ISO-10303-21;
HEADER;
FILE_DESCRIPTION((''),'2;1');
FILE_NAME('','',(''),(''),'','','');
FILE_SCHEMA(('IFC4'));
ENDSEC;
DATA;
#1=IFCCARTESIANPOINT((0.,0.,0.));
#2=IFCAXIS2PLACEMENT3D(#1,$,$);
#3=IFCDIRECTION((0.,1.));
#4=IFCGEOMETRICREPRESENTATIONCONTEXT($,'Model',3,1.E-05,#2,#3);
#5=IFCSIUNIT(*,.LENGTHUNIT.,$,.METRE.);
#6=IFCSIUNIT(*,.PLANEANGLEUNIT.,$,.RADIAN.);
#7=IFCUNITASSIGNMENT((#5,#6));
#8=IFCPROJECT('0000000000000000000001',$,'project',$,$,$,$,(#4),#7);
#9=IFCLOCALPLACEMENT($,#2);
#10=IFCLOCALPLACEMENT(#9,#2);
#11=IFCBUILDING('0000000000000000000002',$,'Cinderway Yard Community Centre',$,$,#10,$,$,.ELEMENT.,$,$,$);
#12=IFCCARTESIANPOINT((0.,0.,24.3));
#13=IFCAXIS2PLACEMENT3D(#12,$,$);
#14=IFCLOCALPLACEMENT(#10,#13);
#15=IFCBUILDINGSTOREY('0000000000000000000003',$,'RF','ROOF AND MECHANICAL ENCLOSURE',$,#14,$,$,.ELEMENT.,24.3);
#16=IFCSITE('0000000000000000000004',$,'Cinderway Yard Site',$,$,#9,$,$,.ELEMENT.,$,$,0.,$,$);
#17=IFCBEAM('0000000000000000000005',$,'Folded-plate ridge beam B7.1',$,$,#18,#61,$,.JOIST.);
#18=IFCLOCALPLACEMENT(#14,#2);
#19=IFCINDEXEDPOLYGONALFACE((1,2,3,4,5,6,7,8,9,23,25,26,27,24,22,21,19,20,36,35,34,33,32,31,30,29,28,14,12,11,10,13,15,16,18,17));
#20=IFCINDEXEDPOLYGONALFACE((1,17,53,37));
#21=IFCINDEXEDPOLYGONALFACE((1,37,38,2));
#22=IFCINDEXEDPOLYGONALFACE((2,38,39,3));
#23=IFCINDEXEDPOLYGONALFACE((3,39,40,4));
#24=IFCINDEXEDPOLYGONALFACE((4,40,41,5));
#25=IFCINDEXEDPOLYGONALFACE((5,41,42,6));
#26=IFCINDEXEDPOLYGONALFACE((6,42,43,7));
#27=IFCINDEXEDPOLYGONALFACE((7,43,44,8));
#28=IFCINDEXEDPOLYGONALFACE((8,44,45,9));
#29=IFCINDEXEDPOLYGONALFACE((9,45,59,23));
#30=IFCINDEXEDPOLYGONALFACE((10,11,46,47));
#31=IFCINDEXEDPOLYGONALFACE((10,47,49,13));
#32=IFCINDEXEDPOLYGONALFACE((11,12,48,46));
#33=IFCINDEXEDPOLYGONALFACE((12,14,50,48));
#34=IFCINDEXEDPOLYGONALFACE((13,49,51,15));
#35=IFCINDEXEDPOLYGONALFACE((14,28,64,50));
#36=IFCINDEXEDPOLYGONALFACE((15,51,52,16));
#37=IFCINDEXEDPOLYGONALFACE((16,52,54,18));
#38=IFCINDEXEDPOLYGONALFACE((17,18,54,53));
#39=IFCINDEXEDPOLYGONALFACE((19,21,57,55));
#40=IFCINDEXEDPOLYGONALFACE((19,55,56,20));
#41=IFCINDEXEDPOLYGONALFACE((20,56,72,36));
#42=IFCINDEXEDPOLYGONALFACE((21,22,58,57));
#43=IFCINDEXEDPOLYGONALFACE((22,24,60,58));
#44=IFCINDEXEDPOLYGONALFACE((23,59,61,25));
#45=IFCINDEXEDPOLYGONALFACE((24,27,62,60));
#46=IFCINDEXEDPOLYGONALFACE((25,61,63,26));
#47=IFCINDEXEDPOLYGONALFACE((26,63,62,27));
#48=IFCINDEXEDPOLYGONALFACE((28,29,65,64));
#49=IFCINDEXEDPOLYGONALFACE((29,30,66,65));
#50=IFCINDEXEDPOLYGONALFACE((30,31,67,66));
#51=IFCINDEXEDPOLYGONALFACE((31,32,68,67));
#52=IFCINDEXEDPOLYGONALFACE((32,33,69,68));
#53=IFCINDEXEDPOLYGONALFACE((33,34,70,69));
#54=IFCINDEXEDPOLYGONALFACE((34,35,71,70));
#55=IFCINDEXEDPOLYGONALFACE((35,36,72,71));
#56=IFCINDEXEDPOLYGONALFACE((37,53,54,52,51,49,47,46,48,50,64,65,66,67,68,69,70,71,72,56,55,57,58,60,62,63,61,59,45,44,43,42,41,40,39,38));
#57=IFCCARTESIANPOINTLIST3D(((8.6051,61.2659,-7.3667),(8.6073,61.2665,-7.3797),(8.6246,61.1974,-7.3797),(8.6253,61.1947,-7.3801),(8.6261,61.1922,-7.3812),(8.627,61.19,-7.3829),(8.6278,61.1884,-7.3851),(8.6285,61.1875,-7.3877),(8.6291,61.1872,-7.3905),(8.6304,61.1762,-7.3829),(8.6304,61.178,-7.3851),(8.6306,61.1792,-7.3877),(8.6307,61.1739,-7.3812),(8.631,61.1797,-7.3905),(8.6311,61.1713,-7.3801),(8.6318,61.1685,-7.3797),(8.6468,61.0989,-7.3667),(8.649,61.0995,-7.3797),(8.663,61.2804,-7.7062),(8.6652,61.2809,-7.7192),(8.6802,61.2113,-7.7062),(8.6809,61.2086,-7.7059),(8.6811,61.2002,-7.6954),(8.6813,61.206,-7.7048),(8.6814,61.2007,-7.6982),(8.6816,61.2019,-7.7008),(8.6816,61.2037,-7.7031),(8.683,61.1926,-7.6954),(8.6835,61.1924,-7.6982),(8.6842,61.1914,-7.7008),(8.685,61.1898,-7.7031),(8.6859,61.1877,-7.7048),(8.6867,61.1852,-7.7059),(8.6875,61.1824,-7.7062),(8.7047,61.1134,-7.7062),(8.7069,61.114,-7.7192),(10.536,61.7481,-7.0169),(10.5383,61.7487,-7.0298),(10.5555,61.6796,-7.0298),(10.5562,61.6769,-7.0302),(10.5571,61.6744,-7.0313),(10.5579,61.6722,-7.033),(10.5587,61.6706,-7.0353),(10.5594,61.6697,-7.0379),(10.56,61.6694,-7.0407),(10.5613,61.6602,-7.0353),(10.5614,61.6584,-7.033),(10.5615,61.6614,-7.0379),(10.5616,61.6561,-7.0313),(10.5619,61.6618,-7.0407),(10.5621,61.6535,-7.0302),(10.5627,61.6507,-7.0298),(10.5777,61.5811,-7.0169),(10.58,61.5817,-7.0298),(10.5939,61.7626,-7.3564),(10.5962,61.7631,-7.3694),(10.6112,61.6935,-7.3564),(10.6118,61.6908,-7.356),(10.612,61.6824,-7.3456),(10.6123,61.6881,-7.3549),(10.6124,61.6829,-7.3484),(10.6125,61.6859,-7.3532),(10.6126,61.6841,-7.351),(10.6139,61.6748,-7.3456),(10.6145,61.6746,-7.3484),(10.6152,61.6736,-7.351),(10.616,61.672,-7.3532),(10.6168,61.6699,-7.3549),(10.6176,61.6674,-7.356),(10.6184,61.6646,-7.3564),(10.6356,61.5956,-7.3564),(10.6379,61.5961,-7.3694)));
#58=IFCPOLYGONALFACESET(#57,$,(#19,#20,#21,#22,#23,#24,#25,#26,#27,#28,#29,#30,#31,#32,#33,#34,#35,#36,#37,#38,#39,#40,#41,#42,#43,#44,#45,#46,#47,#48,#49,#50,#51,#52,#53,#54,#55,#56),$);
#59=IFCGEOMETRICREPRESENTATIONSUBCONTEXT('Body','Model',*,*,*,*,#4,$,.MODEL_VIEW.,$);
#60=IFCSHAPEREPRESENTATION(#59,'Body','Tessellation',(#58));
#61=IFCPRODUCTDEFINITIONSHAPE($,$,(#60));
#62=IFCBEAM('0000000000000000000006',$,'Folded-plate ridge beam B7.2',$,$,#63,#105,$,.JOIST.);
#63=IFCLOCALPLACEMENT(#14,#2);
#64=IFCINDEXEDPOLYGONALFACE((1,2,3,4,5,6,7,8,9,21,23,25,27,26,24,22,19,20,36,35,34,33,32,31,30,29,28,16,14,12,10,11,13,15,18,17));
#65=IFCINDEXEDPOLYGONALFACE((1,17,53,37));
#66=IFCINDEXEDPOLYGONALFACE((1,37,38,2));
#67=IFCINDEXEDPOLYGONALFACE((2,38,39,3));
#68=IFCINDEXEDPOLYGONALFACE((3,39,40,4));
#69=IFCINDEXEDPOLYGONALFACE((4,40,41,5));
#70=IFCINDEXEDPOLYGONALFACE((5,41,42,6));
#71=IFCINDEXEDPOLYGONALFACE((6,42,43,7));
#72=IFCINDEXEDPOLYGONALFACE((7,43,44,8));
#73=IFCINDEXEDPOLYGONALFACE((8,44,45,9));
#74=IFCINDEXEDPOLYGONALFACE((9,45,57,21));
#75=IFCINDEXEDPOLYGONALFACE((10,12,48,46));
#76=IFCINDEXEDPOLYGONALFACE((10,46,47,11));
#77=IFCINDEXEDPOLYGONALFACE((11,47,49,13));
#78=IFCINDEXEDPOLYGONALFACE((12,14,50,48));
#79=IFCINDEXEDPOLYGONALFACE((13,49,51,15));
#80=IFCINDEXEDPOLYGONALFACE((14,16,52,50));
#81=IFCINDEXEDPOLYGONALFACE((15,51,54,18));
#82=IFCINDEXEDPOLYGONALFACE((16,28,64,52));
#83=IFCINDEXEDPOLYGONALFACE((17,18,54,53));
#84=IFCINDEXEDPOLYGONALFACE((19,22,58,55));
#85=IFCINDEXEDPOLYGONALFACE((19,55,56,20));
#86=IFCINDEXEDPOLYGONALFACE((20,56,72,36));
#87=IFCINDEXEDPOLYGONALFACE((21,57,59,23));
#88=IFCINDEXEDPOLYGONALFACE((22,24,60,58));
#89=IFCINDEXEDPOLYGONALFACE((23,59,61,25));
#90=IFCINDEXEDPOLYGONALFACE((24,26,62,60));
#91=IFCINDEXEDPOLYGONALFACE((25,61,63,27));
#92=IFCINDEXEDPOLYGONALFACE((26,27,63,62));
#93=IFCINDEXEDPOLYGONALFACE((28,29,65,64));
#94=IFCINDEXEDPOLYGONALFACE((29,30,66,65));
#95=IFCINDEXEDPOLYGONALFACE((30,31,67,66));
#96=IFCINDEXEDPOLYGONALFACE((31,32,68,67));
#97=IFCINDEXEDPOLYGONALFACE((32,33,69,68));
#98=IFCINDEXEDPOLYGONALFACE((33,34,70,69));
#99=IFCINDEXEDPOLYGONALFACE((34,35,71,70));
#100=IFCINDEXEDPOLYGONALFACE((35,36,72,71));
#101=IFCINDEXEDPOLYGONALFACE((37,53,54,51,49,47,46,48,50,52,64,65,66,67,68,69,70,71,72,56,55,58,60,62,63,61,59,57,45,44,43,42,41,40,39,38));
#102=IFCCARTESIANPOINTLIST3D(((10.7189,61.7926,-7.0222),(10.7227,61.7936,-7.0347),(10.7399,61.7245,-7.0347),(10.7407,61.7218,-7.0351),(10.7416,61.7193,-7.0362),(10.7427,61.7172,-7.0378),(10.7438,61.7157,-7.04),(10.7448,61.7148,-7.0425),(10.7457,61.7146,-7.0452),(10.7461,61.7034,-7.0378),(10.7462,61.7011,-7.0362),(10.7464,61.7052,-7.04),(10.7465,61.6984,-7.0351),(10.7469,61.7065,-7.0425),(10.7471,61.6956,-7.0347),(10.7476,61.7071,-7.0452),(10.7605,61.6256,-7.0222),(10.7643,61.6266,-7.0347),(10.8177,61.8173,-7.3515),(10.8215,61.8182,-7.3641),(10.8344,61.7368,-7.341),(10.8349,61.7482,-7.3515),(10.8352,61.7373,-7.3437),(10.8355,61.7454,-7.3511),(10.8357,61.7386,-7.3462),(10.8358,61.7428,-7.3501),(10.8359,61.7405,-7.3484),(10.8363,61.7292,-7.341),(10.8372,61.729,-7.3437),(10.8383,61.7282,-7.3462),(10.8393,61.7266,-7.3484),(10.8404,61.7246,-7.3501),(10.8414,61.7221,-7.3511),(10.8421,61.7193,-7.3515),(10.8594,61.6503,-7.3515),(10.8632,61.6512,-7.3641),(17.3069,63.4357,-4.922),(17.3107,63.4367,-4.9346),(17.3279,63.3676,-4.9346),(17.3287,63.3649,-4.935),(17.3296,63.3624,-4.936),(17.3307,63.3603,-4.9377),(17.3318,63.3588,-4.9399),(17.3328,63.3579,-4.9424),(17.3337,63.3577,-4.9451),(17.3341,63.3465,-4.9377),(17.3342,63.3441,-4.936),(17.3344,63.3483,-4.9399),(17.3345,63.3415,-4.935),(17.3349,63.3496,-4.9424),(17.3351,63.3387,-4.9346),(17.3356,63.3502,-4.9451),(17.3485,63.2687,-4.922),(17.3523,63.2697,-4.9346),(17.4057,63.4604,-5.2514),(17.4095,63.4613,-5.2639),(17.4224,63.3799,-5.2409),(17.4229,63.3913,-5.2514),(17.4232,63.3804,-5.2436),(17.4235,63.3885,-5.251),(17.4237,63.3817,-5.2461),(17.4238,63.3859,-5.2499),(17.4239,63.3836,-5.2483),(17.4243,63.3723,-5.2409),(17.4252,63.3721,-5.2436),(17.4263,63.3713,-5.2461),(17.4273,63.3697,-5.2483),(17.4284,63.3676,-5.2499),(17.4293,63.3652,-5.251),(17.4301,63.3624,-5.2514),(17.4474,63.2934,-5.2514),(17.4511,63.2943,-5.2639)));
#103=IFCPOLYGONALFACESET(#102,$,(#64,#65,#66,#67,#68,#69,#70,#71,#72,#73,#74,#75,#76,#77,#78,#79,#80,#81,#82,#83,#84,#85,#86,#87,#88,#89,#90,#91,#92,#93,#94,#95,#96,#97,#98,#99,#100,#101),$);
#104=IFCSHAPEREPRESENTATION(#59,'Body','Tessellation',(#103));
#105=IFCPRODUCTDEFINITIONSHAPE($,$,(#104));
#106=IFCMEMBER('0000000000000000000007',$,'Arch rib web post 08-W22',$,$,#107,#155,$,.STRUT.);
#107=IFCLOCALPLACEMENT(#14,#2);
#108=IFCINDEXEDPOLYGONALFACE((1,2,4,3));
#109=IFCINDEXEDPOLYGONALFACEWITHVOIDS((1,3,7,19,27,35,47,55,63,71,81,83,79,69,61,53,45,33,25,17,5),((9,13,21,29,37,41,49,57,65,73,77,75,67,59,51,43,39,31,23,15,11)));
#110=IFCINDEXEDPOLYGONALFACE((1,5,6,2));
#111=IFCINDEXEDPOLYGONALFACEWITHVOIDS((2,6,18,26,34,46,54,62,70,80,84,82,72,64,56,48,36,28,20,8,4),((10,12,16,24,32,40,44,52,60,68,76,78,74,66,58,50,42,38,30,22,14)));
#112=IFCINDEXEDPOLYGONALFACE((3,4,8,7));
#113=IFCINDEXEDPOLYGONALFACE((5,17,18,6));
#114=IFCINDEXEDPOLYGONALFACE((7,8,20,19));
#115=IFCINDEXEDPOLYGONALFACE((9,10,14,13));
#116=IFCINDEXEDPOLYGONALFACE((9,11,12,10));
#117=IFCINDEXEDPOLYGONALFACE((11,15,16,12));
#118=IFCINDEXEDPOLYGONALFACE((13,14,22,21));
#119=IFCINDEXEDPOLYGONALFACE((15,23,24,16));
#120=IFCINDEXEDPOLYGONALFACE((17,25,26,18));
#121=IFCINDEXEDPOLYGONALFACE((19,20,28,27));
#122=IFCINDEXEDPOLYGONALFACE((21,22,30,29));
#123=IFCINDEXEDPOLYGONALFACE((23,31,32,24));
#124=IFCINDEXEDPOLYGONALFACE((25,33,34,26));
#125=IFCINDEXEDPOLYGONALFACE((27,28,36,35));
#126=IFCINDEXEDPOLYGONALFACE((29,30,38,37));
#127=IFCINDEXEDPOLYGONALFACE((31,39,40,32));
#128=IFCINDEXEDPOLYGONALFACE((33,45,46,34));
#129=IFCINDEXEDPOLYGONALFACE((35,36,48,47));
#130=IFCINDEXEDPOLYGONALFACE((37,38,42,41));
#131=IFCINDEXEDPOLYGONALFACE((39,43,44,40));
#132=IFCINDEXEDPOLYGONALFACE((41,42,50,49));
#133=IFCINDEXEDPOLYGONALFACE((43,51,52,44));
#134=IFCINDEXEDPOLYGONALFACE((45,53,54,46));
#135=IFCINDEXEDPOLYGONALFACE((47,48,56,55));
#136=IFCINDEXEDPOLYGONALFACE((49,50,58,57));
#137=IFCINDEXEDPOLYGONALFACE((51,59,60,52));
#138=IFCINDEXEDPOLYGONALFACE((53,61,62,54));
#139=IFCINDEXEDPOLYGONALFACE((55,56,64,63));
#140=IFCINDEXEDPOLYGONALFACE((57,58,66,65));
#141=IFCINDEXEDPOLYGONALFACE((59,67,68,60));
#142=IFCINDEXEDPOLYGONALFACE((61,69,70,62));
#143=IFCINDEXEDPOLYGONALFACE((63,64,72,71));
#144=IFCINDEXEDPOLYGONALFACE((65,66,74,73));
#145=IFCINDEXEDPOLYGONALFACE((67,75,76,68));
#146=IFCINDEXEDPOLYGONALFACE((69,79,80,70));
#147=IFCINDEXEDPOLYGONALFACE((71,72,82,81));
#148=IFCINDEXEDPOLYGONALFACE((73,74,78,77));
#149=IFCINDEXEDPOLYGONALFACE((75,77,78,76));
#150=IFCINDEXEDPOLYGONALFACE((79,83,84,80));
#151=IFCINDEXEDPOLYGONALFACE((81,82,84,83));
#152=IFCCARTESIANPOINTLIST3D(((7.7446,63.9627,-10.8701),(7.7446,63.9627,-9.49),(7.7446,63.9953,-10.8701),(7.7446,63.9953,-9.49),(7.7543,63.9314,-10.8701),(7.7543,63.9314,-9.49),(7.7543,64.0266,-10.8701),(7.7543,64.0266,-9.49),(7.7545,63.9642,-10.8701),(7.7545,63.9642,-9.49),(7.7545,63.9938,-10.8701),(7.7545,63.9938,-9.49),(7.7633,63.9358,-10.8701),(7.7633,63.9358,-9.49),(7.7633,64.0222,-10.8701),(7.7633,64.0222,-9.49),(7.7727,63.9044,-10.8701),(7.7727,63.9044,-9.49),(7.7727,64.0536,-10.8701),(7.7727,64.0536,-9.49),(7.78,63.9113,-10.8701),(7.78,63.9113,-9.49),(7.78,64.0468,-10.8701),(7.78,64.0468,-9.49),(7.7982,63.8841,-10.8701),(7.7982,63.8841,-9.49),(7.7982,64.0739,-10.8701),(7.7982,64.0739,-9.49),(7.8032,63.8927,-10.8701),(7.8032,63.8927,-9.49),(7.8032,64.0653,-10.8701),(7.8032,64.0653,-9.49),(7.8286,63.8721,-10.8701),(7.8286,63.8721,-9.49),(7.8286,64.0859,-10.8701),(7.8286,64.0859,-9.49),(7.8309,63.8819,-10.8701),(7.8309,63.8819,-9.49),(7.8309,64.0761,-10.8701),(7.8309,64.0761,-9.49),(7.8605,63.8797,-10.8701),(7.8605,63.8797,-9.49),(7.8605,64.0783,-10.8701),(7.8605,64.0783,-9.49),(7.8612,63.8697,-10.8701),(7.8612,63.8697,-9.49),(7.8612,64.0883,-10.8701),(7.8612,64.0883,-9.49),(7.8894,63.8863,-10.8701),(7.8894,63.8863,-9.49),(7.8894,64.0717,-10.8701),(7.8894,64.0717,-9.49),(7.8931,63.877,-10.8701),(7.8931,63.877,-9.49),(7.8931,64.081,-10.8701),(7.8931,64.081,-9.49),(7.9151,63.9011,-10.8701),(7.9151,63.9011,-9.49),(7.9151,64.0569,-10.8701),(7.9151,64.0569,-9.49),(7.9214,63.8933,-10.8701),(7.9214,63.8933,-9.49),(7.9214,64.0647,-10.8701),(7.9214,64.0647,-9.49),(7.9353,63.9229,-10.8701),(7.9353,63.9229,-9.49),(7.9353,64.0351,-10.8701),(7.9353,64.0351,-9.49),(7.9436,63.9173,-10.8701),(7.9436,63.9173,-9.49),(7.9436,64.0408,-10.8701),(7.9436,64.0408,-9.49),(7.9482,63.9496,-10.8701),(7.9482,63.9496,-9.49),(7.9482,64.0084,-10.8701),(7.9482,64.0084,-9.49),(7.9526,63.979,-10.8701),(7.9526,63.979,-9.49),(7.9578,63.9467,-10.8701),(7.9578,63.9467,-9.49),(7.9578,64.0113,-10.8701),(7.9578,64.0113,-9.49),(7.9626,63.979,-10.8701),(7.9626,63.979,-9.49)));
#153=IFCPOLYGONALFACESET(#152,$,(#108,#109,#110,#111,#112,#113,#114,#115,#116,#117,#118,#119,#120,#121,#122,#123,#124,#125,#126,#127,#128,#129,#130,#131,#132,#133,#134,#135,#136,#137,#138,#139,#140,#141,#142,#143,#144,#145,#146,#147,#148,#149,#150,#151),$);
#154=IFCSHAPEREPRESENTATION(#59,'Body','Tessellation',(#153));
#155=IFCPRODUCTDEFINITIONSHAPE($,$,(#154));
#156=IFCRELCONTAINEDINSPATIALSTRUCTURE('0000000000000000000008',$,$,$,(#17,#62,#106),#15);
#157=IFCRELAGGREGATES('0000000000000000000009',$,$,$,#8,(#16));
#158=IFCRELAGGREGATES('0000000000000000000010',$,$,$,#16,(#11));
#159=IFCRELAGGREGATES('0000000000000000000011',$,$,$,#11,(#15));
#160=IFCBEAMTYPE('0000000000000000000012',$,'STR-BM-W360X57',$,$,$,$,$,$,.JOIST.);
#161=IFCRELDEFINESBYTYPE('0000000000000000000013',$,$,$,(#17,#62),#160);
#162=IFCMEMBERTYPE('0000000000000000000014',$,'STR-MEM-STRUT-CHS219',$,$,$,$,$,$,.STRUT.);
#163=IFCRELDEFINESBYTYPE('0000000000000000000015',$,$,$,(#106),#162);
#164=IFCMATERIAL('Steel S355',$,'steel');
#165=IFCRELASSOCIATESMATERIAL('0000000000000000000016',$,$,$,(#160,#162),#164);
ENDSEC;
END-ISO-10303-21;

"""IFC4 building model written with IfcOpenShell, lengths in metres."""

from ifc_helpers import new_model, si_unit, direction, frame, origin, origin_2d, place, context, subcontext, project, spatial, hollow_circle, i_section, extrude, material, material_profile, profile_set, type_object, element, save


model = new_model("IFC4")

# Units and contexts
model_context = context("Model", 3, precision=1e-05, world=origin(), true_north=direction((0.0, 1.0)))
body_context = subcontext(model_context, "Body", "Model", "MODEL_VIEW")
ifc_project = project(units=[si_unit("LENGTHUNIT", "METRE"), si_unit("PLANEANGLEUNIT", "RADIAN")], contexts=[model_context])

# Site, building, storey
site_placement = place(None, origin())
site = spatial("IfcSite", under=ifc_project, at=site_placement, Name="Cinderway Yard Site", CompositionType="ELEMENT", RefElevation=0.0)
building_placement = place(site_placement, origin())
building = spatial("IfcBuilding", under=site, at=building_placement, Name="Cinderway Yard Community Centre", CompositionType="ELEMENT")
storey_placement = place(building_placement, frame((0.0, 0.0, 24.3)))
storey = spatial("IfcBuildingStorey", under=building, at=storey_placement, Name="RF", Description="ROOF AND MECHANICAL ENCLOSURE", CompositionType="ELEMENT", Elevation=24.3)

# Shared definitions
ifc_material_1 = material(Name="Steel S355", Category="steel")

# Beams
ifc_material_profile_1 = material_profile(ifc_material_1, i_section(OverallWidth=0.1721, OverallDepth=0.3579, WebThickness=0.0078, FlangeThickness=0.0132, FilletRadius=0.011, at=origin_2d()), Name="Steel S355")
ifc_profile_set_1 = profile_set([ifc_material_profile_1], Name="Steel S355")
beam_type_1 = type_object("IfcBeamType", Name="STR-BM-W360X57", PredefinedType="JOIST", material=ifc_profile_set_1)
beam_1_placement = place(storey_placement, frame((8.656, 61.1899, -7.543), z_axis=(0.955556, 0.238617, 0.173133), x_axis=(-0.242276, 0.970207, 0.0)))
element("IfcBeam", 1, at=beam_1_placement, inside=storey, type_object=beam_type_1, Name="Folded-plate ridge beam B7.1", PredefinedType="JOIST", context=body_context, shape_type="SweptSolid", body=[
    extrude(i_section(OverallWidth=0.1721, OverallDepth=0.3579, WebThickness=0.0078, FlangeThickness=0.0132, FilletRadius=0.011, at=origin_2d()), origin(), (0.0, 0.0, 1.0), 2.0208),
])
beam_2_placement = place(storey_placement, frame((10.791, 61.7219, -7.1931), z_axis=(0.926949, 0.231188, 0.295494), x_axis=(-0.241994, 0.970278, 0.0)))
element("IfcBeam", 2, at=beam_2_placement, inside=storey, type_object=beam_type_1, Name="Folded-plate ridge beam B7.2", PredefinedType="JOIST", context=body_context, shape_type="SweptSolid", body=[
    extrude(i_section(OverallWidth=0.1721, OverallDepth=0.3579, WebThickness=0.0078, FlangeThickness=0.0132, FilletRadius=0.011, at=origin_2d()), origin(), (0.0, 0.0, 1.0), 7.1072),
])

# Member
ifc_material_profile_2 = material_profile(ifc_material_1, hollow_circle(Radius=0.1096, WallThickness=0.01, at=origin_2d()), Name="Steel S355")
ifc_profile_set_2 = profile_set([ifc_material_profile_2], Name="Steel S355")
member_type_1 = type_object("IfcMemberType", Name="STR-MEM-STRUT-CHS219", PredefinedType="STRUT", material=ifc_profile_set_2)
member_1_placement = place(storey_placement, frame((7.853, 63.979, -10.8701), z_axis=(0.0, 0.0, 1.0), x_axis=(1.0, 0.0, 0.0)))
element("IfcMember", 3, at=member_1_placement, inside=storey, type_object=member_type_1, Name="Arch rib web post 08-W22", PredefinedType="STRUT", context=body_context, shape_type="SweptSolid", body=[
    extrude(hollow_circle(Radius=0.1096, WallThickness=0.01, at=origin_2d()), origin(), (0.0, 0.0, 1.0), 1.3801),
])

save(model, "model.ifc")
